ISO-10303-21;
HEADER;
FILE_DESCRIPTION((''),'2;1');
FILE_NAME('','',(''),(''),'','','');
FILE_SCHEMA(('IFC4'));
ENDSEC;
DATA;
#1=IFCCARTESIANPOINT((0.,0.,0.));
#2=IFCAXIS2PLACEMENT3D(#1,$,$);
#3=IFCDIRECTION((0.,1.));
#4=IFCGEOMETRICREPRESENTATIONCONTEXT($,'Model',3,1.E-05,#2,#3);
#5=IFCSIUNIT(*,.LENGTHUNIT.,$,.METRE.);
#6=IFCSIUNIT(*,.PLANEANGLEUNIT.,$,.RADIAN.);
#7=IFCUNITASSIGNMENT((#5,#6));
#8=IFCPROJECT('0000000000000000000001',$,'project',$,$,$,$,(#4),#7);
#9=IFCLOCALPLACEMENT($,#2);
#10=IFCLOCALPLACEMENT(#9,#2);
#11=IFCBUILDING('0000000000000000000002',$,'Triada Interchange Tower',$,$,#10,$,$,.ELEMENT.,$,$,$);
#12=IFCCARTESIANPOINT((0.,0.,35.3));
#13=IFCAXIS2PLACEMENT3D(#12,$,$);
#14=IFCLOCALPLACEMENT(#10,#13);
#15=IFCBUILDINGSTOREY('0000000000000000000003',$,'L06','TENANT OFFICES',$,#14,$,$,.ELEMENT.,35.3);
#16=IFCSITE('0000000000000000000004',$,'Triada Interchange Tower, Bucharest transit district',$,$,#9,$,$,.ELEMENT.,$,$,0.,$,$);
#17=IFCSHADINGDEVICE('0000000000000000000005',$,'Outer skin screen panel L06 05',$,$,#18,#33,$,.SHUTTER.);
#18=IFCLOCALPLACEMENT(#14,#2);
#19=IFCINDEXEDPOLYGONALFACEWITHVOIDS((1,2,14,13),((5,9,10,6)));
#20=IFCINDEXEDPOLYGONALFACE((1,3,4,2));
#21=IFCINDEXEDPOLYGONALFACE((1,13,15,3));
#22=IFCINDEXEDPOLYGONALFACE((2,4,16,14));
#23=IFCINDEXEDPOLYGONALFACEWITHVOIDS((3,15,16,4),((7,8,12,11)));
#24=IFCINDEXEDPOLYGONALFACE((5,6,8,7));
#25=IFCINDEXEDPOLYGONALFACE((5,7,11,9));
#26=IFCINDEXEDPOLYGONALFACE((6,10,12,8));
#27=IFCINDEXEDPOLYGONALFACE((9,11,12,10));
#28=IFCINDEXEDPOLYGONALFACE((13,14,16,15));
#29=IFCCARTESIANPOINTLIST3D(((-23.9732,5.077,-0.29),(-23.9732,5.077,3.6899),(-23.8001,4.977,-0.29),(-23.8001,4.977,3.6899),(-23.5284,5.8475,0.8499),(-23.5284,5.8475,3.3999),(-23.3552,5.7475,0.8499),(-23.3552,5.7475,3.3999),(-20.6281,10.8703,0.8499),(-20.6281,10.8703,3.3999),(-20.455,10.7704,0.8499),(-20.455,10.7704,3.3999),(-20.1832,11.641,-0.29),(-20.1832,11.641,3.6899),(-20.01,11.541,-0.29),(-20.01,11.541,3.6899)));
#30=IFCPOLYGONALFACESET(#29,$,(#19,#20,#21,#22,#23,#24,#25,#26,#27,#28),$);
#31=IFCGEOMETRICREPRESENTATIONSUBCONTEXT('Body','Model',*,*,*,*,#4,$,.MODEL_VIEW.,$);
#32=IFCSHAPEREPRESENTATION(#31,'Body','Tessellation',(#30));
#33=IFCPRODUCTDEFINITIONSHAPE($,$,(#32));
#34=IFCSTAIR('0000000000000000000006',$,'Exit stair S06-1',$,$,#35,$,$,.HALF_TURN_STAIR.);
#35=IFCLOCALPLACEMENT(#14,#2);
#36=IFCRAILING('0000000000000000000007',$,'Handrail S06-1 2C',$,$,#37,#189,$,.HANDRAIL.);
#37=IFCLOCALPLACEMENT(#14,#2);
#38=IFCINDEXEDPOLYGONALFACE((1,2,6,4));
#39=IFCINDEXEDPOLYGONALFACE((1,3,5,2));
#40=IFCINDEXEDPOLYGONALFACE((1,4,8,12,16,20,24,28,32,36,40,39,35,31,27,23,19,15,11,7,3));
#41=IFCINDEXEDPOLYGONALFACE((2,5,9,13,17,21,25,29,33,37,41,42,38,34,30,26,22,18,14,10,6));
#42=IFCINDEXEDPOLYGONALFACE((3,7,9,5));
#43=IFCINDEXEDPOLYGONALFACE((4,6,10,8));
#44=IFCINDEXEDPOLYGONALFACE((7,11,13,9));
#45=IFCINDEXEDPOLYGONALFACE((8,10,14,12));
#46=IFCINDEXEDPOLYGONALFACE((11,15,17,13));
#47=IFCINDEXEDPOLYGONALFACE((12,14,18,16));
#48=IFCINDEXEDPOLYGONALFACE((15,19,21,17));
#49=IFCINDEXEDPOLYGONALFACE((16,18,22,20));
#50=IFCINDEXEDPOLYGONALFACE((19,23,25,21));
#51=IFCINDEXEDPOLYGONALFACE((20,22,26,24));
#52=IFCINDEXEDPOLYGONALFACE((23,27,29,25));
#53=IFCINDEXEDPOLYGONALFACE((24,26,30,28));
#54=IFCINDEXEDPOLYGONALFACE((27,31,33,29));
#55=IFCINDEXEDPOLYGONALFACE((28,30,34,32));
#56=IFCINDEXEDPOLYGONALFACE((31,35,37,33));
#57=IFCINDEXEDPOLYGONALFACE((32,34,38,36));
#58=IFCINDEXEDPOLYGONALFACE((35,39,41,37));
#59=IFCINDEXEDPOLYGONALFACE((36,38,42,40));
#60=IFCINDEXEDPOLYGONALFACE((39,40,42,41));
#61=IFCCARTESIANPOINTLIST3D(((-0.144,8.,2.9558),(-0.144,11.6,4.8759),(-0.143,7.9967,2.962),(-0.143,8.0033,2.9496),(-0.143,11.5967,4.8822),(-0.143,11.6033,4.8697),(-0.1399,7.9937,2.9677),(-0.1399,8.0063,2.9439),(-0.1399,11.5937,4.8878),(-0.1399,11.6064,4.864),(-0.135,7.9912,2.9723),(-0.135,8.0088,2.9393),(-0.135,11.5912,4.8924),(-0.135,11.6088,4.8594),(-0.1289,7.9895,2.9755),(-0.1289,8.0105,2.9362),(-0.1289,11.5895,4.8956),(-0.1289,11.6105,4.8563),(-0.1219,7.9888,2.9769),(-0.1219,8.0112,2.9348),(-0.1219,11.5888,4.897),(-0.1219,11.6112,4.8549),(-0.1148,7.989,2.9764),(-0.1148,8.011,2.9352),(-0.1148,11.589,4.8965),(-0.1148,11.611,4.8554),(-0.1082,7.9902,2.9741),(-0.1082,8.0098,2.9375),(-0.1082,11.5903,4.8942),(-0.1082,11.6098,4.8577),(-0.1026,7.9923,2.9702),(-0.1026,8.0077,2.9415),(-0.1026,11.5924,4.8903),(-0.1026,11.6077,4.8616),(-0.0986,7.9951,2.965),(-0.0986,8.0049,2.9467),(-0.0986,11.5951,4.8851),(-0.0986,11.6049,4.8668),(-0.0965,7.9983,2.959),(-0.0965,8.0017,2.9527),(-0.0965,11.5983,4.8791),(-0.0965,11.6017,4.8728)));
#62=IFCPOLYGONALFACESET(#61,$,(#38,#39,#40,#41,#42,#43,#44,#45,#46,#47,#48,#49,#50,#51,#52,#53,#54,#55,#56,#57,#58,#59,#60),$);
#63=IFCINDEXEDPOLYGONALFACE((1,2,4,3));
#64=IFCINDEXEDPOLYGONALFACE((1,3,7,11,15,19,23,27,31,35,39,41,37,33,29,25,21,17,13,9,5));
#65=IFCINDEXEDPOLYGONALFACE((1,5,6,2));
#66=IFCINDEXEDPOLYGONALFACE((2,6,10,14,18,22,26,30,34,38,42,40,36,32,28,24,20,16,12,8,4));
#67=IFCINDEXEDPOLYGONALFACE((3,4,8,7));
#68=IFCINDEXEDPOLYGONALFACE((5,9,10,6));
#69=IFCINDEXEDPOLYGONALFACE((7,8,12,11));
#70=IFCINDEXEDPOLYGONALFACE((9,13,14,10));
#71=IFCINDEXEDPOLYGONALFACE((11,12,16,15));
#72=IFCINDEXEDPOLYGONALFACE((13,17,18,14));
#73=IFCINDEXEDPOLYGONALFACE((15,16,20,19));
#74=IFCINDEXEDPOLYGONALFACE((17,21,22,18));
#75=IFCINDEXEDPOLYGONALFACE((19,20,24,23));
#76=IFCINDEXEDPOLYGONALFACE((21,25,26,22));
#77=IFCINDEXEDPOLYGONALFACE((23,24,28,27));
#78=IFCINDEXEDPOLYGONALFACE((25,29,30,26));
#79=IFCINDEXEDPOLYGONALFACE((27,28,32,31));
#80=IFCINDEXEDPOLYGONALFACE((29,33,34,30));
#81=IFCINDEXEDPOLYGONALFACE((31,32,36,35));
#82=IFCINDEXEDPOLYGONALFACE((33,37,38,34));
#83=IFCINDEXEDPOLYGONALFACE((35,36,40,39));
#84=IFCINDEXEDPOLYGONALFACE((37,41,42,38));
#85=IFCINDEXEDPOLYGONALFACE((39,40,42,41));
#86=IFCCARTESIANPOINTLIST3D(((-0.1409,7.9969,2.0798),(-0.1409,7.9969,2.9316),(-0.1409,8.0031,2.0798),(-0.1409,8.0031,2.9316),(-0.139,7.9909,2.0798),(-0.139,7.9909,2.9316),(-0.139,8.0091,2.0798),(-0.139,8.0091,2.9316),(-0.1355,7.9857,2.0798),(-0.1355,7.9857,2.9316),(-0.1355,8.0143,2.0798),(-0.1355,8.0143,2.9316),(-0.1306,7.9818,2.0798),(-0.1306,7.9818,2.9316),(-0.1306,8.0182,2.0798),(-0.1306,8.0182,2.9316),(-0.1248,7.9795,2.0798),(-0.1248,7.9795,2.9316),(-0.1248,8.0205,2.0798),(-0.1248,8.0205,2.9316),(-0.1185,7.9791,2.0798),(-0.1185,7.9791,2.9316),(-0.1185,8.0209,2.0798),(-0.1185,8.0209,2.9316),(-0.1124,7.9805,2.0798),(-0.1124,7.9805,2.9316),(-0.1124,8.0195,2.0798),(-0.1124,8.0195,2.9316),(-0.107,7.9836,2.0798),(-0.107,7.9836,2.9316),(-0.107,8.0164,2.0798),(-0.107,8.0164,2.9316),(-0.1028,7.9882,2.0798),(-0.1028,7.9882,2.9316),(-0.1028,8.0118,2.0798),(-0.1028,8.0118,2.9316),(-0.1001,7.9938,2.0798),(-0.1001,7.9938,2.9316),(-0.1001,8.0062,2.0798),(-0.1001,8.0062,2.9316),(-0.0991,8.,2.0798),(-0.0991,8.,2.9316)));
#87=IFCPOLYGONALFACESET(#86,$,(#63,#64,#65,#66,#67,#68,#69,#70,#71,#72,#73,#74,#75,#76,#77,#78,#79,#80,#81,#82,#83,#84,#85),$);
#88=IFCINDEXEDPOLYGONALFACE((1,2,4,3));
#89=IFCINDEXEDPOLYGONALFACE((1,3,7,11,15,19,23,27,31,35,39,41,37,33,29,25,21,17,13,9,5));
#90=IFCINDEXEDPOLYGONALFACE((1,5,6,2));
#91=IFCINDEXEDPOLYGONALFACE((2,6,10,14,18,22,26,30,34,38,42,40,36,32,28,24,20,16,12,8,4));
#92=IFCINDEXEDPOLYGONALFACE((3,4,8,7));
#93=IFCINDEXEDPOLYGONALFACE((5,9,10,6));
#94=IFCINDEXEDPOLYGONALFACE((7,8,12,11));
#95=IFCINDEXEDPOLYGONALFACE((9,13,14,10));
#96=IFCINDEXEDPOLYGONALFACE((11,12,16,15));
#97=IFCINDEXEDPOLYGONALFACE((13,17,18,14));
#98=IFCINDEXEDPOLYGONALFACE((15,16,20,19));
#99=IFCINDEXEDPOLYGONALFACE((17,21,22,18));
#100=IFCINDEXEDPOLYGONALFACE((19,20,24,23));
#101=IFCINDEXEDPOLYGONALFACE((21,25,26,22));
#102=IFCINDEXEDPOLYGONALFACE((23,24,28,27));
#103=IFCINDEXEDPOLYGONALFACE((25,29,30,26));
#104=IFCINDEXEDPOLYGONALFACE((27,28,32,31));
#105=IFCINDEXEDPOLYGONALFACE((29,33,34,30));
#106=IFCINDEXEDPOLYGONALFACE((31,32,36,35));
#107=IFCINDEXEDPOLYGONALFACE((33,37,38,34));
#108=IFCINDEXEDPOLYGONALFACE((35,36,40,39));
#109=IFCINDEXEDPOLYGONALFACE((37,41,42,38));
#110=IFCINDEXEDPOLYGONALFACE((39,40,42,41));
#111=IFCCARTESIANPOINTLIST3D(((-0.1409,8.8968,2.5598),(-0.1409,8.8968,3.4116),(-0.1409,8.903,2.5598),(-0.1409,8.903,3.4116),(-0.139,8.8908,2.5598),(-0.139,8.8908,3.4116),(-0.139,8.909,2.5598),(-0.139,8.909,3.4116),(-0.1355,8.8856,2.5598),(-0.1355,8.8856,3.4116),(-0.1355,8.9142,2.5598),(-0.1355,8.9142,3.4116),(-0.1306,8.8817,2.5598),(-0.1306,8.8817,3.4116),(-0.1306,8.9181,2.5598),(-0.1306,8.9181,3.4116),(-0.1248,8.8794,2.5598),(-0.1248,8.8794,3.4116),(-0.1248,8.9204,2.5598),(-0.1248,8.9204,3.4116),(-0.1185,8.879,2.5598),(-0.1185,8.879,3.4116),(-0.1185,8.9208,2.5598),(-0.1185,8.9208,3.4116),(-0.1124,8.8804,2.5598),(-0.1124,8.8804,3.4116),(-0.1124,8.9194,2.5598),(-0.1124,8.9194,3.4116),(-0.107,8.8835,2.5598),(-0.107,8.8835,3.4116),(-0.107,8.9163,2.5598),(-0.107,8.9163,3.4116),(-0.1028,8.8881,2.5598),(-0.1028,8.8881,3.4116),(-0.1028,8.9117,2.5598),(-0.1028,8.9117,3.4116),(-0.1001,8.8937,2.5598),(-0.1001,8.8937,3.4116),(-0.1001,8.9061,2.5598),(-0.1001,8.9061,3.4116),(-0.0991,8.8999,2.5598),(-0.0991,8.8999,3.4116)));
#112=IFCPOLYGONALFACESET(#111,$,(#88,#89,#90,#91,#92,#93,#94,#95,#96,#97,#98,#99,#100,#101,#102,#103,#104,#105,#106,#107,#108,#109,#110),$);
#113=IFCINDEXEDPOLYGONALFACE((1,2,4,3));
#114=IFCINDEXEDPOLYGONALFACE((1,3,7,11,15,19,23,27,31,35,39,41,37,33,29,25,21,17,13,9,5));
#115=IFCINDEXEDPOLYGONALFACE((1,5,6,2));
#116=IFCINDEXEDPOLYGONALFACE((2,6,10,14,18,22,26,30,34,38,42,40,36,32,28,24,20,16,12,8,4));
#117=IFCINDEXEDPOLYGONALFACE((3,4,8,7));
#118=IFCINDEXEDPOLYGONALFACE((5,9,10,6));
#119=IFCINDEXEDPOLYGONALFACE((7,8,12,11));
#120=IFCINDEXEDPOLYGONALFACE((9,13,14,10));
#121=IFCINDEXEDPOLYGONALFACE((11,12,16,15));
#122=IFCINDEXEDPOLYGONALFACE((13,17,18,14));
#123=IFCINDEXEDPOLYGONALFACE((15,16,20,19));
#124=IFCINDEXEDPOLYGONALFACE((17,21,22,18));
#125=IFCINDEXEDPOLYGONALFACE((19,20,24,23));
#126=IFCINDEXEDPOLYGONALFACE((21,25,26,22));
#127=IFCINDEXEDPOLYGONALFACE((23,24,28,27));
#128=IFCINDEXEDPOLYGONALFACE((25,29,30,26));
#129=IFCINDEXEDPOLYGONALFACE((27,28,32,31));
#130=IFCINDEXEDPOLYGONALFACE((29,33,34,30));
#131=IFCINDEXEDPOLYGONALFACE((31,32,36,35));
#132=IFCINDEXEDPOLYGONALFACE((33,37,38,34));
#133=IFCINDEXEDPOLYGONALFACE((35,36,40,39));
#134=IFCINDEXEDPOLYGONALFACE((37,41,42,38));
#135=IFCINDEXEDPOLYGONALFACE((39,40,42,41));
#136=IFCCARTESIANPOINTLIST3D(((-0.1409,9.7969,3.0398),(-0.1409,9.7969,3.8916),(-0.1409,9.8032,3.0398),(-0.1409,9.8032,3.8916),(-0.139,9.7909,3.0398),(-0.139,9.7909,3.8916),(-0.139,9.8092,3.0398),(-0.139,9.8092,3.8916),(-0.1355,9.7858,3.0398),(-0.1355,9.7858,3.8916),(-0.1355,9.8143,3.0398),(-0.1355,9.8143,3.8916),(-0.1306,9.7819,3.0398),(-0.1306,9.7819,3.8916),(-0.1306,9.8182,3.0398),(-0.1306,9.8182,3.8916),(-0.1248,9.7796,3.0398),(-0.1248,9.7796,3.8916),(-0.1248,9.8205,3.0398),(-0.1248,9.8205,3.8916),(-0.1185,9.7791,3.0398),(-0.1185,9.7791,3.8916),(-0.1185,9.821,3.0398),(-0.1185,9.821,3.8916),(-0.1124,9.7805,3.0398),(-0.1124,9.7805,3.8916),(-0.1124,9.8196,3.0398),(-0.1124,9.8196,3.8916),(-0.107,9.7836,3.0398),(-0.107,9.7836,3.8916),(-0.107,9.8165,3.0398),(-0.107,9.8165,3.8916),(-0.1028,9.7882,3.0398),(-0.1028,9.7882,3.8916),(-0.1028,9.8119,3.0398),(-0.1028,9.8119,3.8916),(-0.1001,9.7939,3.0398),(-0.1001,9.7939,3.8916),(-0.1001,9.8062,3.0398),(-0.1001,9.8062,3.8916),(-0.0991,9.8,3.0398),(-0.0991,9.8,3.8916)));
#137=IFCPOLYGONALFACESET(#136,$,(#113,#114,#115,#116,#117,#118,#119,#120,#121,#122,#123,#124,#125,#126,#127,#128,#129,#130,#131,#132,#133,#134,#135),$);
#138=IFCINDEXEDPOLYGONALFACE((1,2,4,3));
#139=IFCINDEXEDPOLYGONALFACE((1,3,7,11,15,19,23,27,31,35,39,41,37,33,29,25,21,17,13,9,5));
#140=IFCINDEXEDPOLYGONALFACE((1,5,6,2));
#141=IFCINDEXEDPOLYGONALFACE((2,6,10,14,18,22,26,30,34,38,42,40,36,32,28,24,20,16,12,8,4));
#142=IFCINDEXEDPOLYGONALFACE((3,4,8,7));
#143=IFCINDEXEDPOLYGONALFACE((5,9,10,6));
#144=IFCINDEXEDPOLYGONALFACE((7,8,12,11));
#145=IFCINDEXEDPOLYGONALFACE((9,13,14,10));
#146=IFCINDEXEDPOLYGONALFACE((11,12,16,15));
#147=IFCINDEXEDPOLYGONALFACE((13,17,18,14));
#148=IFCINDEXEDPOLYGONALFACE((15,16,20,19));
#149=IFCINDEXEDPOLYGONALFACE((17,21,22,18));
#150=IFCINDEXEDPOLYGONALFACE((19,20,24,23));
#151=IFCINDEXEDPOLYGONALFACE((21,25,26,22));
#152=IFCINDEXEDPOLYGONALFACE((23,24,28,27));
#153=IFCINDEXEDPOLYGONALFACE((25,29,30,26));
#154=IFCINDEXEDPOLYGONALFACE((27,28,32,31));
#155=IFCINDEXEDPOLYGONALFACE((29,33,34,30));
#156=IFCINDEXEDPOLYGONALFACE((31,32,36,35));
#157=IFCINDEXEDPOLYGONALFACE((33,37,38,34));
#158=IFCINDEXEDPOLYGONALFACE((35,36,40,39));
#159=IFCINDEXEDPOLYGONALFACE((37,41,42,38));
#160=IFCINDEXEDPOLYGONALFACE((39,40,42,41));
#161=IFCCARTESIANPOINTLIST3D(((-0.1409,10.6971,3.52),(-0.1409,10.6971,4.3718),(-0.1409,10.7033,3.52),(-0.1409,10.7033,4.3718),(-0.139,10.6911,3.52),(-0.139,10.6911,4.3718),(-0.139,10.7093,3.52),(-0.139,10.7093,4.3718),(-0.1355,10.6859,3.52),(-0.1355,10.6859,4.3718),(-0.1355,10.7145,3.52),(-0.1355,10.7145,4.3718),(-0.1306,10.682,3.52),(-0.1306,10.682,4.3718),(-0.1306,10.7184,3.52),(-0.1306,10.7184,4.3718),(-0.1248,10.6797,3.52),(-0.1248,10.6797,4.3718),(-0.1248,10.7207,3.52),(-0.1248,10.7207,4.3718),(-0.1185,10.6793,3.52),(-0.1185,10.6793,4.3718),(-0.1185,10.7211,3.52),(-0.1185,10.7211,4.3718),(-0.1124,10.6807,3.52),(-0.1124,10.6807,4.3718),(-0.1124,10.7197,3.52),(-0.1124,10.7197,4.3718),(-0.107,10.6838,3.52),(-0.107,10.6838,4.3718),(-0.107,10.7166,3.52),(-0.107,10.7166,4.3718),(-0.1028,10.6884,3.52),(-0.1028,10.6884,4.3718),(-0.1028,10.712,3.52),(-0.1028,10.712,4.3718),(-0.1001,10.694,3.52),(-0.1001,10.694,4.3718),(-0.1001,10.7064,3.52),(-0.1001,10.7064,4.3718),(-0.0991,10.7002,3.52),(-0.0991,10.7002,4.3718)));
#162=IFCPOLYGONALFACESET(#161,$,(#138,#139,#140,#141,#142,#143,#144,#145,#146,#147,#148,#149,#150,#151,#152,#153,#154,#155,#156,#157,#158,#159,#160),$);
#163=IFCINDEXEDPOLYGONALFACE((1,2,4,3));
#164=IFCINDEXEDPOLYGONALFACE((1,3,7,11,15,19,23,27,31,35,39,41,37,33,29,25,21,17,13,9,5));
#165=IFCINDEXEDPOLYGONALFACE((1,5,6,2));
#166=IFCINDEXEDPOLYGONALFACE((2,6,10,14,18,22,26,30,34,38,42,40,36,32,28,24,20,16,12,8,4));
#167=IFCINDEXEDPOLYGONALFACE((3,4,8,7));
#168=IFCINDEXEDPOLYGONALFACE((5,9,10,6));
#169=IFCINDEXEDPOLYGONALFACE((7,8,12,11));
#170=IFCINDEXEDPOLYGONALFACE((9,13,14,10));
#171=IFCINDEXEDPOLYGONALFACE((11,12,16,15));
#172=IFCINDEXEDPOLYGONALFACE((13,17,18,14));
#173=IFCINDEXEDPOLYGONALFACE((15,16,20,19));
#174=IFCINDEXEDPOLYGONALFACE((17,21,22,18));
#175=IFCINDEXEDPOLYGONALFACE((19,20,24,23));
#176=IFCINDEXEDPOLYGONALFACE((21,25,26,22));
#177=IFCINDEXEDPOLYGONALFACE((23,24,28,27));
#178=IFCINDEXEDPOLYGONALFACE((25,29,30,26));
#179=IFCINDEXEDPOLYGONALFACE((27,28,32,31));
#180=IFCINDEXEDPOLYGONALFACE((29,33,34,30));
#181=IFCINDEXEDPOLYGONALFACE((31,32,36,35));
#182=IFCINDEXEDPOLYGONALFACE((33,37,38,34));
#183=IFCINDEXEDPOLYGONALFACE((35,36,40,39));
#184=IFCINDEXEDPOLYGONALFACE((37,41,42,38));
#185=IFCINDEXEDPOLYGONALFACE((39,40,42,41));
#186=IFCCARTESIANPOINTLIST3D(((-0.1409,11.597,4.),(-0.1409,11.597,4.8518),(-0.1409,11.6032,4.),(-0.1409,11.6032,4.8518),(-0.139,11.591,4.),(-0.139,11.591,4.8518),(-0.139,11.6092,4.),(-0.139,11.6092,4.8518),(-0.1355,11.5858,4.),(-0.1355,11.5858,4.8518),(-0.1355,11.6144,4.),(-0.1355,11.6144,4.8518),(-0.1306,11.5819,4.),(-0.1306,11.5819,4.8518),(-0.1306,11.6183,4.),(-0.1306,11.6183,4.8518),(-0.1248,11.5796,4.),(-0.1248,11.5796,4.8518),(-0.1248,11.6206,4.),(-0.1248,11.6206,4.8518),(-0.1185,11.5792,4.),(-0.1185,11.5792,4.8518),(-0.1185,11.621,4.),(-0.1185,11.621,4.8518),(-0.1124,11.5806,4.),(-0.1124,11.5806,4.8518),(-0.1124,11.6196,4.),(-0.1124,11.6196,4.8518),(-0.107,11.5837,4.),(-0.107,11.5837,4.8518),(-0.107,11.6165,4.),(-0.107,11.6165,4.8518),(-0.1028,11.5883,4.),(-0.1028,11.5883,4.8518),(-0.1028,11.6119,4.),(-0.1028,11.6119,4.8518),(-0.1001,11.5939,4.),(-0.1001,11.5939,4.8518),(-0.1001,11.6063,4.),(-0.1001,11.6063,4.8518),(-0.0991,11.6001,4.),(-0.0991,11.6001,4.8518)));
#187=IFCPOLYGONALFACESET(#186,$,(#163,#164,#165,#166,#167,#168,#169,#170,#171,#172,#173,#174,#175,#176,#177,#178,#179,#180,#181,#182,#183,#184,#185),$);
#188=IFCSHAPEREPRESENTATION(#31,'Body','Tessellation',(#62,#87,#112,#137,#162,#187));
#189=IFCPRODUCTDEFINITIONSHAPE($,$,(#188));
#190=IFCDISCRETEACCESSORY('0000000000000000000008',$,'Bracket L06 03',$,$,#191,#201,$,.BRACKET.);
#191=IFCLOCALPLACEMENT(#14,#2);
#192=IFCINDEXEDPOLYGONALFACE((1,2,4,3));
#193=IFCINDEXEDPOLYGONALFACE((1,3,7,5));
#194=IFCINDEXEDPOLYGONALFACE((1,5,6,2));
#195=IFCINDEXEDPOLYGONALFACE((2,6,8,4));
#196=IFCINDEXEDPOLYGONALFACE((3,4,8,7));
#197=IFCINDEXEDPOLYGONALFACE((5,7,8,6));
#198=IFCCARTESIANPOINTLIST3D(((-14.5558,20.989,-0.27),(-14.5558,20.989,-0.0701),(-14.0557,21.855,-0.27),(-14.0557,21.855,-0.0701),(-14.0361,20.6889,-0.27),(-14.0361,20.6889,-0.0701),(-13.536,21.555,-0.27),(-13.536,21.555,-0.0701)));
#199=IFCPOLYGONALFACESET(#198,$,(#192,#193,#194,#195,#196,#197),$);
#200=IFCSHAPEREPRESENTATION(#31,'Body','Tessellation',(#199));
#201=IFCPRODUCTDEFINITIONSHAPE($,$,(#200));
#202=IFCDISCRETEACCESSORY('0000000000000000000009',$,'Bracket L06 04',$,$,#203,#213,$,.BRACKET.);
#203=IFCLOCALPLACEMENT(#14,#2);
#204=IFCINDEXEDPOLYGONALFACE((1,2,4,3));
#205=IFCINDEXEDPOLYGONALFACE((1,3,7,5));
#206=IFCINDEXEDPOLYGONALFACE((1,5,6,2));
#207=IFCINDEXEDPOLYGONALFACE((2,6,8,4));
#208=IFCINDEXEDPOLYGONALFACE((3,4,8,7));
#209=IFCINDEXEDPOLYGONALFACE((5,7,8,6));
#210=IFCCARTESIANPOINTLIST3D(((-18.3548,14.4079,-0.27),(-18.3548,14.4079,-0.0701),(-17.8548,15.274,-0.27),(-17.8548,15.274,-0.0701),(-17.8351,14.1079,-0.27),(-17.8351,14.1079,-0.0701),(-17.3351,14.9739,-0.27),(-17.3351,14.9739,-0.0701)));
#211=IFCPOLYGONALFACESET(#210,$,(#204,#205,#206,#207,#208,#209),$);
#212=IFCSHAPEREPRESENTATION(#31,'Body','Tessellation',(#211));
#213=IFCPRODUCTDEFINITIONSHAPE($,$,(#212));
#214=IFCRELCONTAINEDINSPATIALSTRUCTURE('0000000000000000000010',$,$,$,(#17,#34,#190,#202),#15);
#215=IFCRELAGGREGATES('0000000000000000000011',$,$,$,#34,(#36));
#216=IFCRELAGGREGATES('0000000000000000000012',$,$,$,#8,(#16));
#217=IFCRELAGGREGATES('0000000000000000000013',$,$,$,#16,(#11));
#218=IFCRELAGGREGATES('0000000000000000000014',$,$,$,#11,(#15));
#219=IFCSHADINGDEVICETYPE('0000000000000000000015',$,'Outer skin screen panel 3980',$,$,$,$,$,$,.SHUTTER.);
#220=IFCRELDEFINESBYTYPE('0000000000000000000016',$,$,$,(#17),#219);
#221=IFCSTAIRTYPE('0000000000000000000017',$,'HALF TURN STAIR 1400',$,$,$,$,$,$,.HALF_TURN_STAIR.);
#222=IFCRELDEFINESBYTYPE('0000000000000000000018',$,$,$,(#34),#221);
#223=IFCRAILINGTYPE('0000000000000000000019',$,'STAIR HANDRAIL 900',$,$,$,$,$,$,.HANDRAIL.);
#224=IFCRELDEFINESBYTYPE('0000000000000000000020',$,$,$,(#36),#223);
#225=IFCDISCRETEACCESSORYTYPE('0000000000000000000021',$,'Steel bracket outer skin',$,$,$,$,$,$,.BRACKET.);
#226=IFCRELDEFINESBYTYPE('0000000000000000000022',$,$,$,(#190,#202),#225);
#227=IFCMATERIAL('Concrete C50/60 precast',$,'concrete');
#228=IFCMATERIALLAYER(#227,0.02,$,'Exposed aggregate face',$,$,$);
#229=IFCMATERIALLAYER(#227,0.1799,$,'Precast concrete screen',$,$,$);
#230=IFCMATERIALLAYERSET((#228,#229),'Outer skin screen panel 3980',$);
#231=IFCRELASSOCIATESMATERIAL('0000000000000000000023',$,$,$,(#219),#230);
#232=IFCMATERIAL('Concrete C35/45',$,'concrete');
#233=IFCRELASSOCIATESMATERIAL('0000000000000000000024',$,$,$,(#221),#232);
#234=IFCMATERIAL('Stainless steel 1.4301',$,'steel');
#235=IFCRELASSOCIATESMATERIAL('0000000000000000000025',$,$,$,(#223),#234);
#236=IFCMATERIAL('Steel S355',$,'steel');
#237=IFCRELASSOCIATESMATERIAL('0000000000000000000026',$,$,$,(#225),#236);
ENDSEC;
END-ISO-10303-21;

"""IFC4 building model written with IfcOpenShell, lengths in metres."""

from ifc_helpers import new_model, si_unit, direction, frame, origin, origin_2d, place, context, subcontext, project, spatial, polyline, rectangle, circle, outline, extrude, material, layer, layer_set, type_object, element, aggregate, save


model = new_model("IFC4")

# Units and contexts
model_context = context("Model", 3, precision=1e-05, world=origin(), true_north=direction((0.0, 1.0)))
body_context = subcontext(model_context, "Body", "Model", "MODEL_VIEW")
ifc_project = project(units=[si_unit("LENGTHUNIT", "METRE"), si_unit("PLANEANGLEUNIT", "RADIAN")], contexts=[model_context])

# Site, building, storey
site_placement = place(None, origin())
site = spatial("IfcSite", under=ifc_project, at=site_placement, Name="Triada Interchange Tower, Bucharest transit district", CompositionType="ELEMENT", RefElevation=0.0)
building_placement = place(site_placement, origin())
building = spatial("IfcBuilding", under=site, at=building_placement, Name="Triada Interchange Tower", CompositionType="ELEMENT")
storey_placement = place(building_placement, frame((0.0, 0.0, 35.3)))
storey = spatial("IfcBuildingStorey", under=building, at=storey_placement, Name="L06", Description="TENANT OFFICES", CompositionType="ELEMENT", Elevation=35.3)

# Shading device
ifc_material_1 = material(Name="Concrete C50/60 precast", Category="concrete")
ifc_layer_1 = layer(ifc_material_1, 0.02, Name="Exposed aggregate face")
ifc_layer_2 = layer(ifc_material_1, 0.1799, Name="Precast concrete screen")
ifc_layer_set_1 = layer_set([ifc_layer_1, ifc_layer_2], Name="Outer skin screen panel 3980")
shading_device_type = type_object("IfcShadingDeviceType", Name="Outer skin screen panel 3980", PredefinedType="SHUTTER", material=ifc_layer_set_1)
shading_device_1_placement = place(storey_placement, frame((-20.01, 11.541, -0.29), z_axis=(0.0, 0.0, 1.0), x_axis=(-0.500033, -0.866006, 0.0)))
element("IfcShadingDevice", 1, at=shading_device_1_placement, inside=storey, type_object=shading_device_type, Name="Outer skin screen panel L06 05", PredefinedType="SHUTTER", context=body_context, shape_type="SweptSolid", body=[
    extrude(outline(polyline([(0.0, 0.0), (7.5796, 0.0), (7.5796, 3.98), (0.0, 3.98), (0.0, 0.0)]), holes=[polyline([(0.8899, 1.1399), (0.8899, 3.6899), (6.6899, 3.6899), (6.6899, 1.1399), (0.8899, 1.1399)])]), frame((0.0, 0.0, 0.0), z_axis=(0.0, -1.0, 0.0), x_axis=(1.0, 0.0, 0.0)), (0.0, 0.0, 1.0), 0.2),
])

# Stair, railing
ifc_material_2 = material(Name="Concrete C35/45", Category="concrete")
stair_type = type_object("IfcStairType", Name="HALF TURN STAIR 1400", PredefinedType="HALF_TURN_STAIR", material=ifc_material_2)
stair_placement = place(storey_placement, origin())
stair = element("IfcStair", 2, at=stair_placement, inside=storey, type_object=stair_type, Name="Exit stair S06-1", PredefinedType="HALF_TURN_STAIR")
ifc_material_3 = material(Name="Stainless steel 1.4301", Category="steel")
railing_type = type_object("IfcRailingType", Name="STAIR HANDRAIL 900", PredefinedType="HANDRAIL", material=ifc_material_3)
railing_placement = place(storey_placement, frame((-0.1201, 8.0, 2.0798)))
railing = element("IfcRailing", 3, at=railing_placement, type_object=railing_type, Name="Handrail S06-1 2C", PredefinedType="HANDRAIL", context=body_context, shape_type="SweptSolid", body=[
    extrude(circle(Radius=0.0239, at=origin_2d()), frame((0.0, 0.0, 0.876), z_axis=(0.0, 0.882341, 0.47061), x_axis=(-1.0, 0.0, 0.0)), (0.0, 0.0, 1.0), 4.0801),
    extrude(circle(Radius=0.021, at=origin_2d()), origin(), (0.0, 0.0, 1.0), 0.8518),
    extrude(circle(Radius=0.021, at=origin_2d()), frame((0.0, 0.8999, 0.48)), (0.0, 0.0, 1.0), 0.8518),
    extrude(circle(Radius=0.021, at=origin_2d()), frame((0.0, 1.8, 0.96)), (0.0, 0.0, 1.0), 0.8518),
    extrude(circle(Radius=0.021, at=origin_2d()), frame((0.0, 2.7002, 1.4402)), (0.0, 0.0, 1.0), 0.8518),
    extrude(circle(Radius=0.021, at=origin_2d()), frame((0.0, 3.6001, 1.9202)), (0.0, 0.0, 1.0), 0.8518),
])
aggregate(stair, [railing])

# Discrete accessories
ifc_material_4 = material(Name="Steel S355", Category="steel")
discrete_accessory_type = type_object("IfcDiscreteAccessoryType", Name="Steel bracket outer skin", PredefinedType="BRACKET", material=ifc_material_4)
for number, where, z_axis, x_axis, name in (
    (4, (-14.0459, 21.272, -0.27), (0.0, 0.0, 1.0), (-0.866021, 0.500008, 0.0), "Bracket L06 03"),
    (5, (-17.845, 14.6909, -0.27), (0.0, 0.0, 1.0), (-0.866021, 0.500008, 0.0), "Bracket L06 04"),
):
    element("IfcDiscreteAccessory", number, at=place(storey_placement, frame(where, z_axis=z_axis, x_axis=x_axis)), inside=storey, type_object=discrete_accessory_type, Name=name, PredefinedType="BRACKET", context=body_context, shape_type="SweptSolid", body=[
        extrude(rectangle(XDim=0.6001, YDim=1.0, at=origin_2d()), origin(), (0.0, 0.0, 1.0), 0.2),
    ])

save(model, "model.ifc")
